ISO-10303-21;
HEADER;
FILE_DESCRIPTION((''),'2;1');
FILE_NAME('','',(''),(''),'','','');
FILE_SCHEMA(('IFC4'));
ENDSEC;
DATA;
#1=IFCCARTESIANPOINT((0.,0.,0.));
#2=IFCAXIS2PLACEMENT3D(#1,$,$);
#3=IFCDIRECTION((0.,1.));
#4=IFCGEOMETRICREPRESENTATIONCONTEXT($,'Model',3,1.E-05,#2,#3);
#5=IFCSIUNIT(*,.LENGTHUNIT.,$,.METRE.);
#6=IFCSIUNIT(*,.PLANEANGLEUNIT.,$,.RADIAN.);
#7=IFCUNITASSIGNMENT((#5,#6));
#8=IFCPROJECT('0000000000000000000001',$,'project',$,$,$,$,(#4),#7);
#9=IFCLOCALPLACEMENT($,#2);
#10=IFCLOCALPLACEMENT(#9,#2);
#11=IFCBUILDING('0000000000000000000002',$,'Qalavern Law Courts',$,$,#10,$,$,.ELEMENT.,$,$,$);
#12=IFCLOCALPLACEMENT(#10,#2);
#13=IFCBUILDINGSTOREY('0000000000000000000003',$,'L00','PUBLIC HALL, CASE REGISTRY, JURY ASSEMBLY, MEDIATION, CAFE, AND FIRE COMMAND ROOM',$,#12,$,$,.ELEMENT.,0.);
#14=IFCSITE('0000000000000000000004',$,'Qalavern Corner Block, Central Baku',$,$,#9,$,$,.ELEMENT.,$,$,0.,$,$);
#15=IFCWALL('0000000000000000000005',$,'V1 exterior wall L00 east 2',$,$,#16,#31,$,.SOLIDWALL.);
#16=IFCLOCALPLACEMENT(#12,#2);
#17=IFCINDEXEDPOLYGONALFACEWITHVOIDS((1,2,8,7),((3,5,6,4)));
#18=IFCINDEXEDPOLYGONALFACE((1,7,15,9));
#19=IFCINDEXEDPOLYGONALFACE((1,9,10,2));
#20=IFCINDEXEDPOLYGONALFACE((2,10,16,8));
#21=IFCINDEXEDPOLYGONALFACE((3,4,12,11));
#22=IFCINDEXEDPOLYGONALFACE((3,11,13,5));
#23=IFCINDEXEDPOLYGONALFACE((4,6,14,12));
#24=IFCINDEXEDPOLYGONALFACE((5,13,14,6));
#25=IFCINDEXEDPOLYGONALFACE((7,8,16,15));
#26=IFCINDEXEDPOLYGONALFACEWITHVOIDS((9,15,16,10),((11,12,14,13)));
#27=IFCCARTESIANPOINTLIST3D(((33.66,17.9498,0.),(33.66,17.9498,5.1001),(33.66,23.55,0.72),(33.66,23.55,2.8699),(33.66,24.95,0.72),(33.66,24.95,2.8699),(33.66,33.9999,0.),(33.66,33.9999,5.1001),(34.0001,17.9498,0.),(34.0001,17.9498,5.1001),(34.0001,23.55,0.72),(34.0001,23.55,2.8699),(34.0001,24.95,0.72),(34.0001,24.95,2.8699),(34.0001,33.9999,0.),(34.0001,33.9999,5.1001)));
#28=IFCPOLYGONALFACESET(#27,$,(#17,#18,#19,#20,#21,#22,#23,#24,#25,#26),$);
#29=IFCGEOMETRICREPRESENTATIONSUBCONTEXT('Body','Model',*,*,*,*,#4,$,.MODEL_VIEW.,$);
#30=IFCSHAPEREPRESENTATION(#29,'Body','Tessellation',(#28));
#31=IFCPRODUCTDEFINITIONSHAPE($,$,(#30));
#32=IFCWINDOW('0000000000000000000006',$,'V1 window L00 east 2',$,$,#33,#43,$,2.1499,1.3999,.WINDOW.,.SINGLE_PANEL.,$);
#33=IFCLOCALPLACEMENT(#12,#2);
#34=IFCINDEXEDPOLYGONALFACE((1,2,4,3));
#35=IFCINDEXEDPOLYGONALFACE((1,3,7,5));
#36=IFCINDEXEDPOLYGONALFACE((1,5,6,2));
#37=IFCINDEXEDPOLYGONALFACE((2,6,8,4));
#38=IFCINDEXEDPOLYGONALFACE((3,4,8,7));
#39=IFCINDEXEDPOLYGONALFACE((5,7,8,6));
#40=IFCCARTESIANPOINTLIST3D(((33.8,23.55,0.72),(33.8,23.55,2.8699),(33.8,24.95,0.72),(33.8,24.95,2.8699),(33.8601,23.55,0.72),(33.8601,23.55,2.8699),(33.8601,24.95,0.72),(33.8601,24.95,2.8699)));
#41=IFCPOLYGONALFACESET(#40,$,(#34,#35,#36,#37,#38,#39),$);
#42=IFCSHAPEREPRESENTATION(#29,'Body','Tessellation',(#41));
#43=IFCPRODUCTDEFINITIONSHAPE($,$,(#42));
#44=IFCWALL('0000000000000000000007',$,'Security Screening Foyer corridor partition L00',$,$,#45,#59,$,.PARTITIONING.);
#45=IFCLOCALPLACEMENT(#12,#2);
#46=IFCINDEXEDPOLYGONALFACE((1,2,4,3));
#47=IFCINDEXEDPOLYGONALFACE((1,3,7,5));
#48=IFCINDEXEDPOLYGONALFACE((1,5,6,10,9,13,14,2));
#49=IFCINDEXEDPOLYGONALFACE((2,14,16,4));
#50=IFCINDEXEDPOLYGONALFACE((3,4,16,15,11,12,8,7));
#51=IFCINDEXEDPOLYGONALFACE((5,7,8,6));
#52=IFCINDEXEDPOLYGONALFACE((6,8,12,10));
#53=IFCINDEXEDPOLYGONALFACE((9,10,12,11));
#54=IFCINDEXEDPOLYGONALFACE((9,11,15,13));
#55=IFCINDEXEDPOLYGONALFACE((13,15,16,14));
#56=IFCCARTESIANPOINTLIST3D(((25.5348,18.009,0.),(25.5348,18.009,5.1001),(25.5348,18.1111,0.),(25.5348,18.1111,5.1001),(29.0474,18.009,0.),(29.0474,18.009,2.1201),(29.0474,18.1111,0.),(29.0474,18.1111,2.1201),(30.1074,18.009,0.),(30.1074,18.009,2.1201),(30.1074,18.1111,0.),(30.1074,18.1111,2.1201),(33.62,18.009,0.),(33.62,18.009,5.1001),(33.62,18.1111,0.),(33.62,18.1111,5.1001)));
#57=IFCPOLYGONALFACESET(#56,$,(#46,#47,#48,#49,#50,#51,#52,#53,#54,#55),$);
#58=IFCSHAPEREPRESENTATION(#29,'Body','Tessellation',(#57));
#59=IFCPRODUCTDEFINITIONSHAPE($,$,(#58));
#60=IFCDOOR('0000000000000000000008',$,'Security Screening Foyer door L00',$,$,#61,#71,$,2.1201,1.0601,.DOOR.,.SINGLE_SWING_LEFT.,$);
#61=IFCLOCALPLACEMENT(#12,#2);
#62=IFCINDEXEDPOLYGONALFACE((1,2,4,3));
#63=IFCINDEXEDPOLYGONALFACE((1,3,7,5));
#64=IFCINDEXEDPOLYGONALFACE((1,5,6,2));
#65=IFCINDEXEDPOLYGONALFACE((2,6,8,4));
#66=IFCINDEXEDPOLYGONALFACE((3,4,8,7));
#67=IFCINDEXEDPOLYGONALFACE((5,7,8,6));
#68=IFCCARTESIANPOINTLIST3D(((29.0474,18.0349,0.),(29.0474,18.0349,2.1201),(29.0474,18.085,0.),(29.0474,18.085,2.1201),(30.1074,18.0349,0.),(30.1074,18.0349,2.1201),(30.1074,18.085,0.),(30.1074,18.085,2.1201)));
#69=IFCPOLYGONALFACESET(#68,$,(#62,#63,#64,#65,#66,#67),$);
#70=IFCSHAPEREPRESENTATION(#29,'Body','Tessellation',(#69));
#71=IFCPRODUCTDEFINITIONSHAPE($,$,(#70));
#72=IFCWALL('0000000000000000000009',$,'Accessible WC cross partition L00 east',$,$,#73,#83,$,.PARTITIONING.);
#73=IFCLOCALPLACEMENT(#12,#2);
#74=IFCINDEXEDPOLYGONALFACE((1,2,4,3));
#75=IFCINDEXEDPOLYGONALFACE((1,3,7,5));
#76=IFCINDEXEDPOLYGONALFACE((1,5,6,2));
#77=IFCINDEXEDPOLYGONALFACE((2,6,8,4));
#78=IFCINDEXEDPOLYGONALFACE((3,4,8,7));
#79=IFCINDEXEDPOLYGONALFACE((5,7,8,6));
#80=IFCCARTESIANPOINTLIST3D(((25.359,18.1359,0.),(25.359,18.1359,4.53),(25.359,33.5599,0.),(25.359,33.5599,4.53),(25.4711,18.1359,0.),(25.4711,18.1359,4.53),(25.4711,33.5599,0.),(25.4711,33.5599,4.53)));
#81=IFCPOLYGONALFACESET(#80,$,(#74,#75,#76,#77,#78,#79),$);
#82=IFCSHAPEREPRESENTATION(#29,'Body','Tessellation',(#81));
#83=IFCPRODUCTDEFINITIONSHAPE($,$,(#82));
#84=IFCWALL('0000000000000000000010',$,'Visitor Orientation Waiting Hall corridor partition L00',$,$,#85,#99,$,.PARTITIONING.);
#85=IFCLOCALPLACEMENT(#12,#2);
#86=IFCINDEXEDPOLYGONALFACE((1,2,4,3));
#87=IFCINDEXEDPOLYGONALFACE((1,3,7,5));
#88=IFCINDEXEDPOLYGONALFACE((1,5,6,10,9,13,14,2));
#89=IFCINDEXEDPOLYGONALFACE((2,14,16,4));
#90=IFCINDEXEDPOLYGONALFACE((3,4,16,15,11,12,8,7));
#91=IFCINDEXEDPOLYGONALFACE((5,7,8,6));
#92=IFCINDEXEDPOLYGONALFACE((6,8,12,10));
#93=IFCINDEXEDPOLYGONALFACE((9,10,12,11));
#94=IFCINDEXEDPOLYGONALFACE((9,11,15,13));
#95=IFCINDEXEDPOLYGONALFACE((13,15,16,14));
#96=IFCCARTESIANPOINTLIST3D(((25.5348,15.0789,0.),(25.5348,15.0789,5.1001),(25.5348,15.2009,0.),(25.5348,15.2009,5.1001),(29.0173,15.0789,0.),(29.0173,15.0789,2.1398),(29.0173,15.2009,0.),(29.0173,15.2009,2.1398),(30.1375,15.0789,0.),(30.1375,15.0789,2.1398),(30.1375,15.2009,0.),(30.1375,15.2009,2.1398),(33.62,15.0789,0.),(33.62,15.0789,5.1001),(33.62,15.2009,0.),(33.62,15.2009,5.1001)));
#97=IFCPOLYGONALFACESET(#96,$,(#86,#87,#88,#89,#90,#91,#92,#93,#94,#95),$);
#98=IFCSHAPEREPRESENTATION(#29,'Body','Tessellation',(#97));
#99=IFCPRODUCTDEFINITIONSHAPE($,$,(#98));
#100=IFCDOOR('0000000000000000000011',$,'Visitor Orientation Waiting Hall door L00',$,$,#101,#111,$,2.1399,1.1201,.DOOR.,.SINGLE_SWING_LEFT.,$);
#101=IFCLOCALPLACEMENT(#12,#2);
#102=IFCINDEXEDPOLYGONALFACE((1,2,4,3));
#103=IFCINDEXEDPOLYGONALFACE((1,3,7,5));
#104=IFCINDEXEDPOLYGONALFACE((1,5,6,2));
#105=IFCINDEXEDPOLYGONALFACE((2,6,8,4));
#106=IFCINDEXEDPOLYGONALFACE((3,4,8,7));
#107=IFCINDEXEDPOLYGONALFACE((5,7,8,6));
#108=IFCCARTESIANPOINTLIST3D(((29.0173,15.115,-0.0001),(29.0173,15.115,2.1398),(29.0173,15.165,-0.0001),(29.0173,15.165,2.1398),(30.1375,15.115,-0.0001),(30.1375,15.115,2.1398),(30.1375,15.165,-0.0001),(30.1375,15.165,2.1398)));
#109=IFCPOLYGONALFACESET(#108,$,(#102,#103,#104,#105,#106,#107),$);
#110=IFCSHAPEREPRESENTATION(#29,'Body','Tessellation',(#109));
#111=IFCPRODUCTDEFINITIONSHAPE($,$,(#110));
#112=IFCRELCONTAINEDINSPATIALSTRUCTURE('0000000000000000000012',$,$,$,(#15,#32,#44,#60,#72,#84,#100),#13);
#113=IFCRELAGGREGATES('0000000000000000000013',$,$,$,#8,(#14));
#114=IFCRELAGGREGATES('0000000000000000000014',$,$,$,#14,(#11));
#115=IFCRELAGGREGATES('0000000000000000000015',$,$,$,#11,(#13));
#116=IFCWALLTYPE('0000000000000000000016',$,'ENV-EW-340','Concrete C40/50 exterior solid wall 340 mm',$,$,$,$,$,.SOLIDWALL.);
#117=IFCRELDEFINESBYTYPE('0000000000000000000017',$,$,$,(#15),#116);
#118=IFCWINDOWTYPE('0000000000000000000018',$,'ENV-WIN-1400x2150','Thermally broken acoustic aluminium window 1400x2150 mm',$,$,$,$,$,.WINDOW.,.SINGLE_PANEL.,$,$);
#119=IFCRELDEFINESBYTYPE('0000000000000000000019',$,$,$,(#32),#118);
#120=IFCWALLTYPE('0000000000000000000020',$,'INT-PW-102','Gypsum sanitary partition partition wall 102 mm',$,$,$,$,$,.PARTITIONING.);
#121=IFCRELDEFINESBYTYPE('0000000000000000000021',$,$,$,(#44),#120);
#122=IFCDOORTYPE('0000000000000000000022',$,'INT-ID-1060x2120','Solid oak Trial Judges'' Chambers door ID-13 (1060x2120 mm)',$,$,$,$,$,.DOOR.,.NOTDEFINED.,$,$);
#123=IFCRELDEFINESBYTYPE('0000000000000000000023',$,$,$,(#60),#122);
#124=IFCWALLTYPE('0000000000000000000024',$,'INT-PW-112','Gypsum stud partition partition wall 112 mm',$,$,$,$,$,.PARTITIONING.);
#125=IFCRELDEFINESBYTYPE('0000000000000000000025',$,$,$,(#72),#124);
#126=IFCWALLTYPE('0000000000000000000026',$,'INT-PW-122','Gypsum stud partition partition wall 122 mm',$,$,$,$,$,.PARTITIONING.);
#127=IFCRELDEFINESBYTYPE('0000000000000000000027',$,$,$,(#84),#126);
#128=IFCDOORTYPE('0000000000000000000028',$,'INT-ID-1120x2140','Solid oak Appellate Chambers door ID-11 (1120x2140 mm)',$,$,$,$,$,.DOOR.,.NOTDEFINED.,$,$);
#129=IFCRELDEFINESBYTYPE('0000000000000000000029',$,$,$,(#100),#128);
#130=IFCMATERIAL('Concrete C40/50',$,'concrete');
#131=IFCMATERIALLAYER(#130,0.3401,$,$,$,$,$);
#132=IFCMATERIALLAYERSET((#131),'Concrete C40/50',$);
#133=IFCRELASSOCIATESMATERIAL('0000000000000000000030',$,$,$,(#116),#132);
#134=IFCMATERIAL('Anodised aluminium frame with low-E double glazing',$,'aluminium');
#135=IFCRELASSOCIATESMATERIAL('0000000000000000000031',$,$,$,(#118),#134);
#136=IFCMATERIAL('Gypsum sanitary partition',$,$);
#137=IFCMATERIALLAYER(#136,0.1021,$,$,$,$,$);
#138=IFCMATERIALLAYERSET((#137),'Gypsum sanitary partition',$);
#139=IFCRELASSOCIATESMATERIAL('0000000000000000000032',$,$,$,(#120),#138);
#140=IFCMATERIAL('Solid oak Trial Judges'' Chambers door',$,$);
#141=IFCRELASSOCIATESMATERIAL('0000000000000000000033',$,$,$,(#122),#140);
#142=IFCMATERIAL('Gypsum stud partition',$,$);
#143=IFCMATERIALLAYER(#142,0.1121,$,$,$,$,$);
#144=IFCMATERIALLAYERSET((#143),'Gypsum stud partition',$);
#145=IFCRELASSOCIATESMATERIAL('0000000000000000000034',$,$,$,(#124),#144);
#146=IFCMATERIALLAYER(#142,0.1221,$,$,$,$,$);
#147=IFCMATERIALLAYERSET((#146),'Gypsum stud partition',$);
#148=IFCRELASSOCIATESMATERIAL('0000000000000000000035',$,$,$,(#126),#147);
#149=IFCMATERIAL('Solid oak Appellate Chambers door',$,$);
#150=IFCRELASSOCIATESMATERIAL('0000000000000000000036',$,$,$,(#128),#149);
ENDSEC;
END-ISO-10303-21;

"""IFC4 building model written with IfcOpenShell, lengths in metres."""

from ifc_helpers import new_model, si_unit, direction, frame, frame_2d, origin, place, context, subcontext, project, spatial, rectangle, extrude, material, layer, layer_set, type_object, element, fill, save


model = new_model("IFC4")

# Units and contexts
model_context = context("Model", 3, precision=1e-05, world=origin(), true_north=direction((0.0, 1.0)))
body_context = subcontext(model_context, "Body", "Model", "MODEL_VIEW")
ifc_project = project(units=[si_unit("LENGTHUNIT", "METRE"), si_unit("PLANEANGLEUNIT", "RADIAN")], contexts=[model_context])

# Site, building, storey
site_placement = place(None, origin())
site = spatial("IfcSite", under=ifc_project, at=site_placement, Name="Qalavern Corner Block, Central Baku", CompositionType="ELEMENT", RefElevation=0.0)
building_placement = place(site_placement, origin())
building = spatial("IfcBuilding", under=site, at=building_placement, Name="Qalavern Law Courts", CompositionType="ELEMENT")
storey_placement = place(building_placement, origin())
storey = spatial("IfcBuildingStorey", under=building, at=storey_placement, Name="L00", Description="PUBLIC HALL, CASE REGISTRY, JURY ASSEMBLY, MEDIATION, CAFE, AND FIRE COMMAND ROOM", CompositionType="ELEMENT", Elevation=0.0)

# Wall, opening, window
ifc_material_1 = material(Name="Concrete C40/50", Category="concrete")
ifc_layer_1 = layer(ifc_material_1, 0.3401)
ifc_layer_set_1 = layer_set([ifc_layer_1], Name="Concrete C40/50")
wall_type_1 = type_object("IfcWallType", Name="ENV-EW-340", Description="Concrete C40/50 exterior solid wall 340 mm", PredefinedType="SOLIDWALL", material=ifc_layer_set_1)
wall_1_placement = place(storey_placement, frame((33.8301, 17.95, 0.0), z_axis=(0.0, 0.0, 1.0), x_axis=(0.0, 1.0, 0.0)))
wall_1 = element("IfcWall", 1, at=wall_1_placement, inside=storey, type_object=wall_type_1, Name="V1 exterior wall L00 east 2", PredefinedType="SOLIDWALL", context=body_context, shape_type="SweptSolid", body=[
    extrude(rectangle(XDim=16.05, YDim=0.3401, at=frame_2d((8.0249, 0.0))), origin(), (0.0, 0.0, 1.0), 5.1001),
])
opening_1_placement = place(wall_1_placement, frame((5.6001, 0.0, 0.72)))
opening_1 = element("IfcOpeningElement", 2, at=opening_1_placement, cuts=wall_1, PredefinedType="OPENING", context=body_context, shape_type="SweptSolid", body=[
    extrude(rectangle(XDim=1.3999, YDim=2.1499, at=frame_2d((0.7, 1.075))), frame((0.0, 0.1851, 0.0), z_axis=(0.0, -1.0, 0.0), x_axis=(1.0, 0.0, 0.0)), (0.0, 0.0, 1.0), 0.3699),
])
ifc_material_2 = material(Name="Anodised aluminium frame with low-E double glazing", Category="aluminium")
window_type = type_object("IfcWindowType", Name="ENV-WIN-1400x2150", Description="Thermally broken acoustic aluminium window 1400x2150 mm", PartitioningType="SINGLE_PANEL", PredefinedType="WINDOW", material=ifc_material_2)
window_placement = place(opening_1_placement, origin())
window = element("IfcWindow", 3, at=window_placement, inside=storey, type_object=window_type, Name="V1 window L00 east 2", OverallHeight=2.1499, OverallWidth=1.3999, PartitioningType="SINGLE_PANEL", PredefinedType="WINDOW", context=body_context, shape_type="SweptSolid", body=[
    extrude(rectangle(XDim=1.3999, YDim=2.1499, at=frame_2d((0.7, 1.075))), frame((0.0, 0.03, 0.0), z_axis=(0.0, -1.0, 0.0), x_axis=(1.0, 0.0, 0.0)), (0.0, 0.0, 1.0), 0.0601),
])
fill(opening_1, window)

# Wall, opening, door
ifc_material_3 = material(Name="Gypsum sanitary partition")
ifc_layer_2 = layer(ifc_material_3, 0.1021)
ifc_layer_set_2 = layer_set([ifc_layer_2], Name="Gypsum sanitary partition")
wall_type_2 = type_object("IfcWallType", Name="INT-PW-102", Description="Gypsum sanitary partition partition wall 102 mm", PredefinedType="PARTITIONING", material=ifc_layer_set_2)
wall_2_placement = place(storey_placement, frame((25.5349, 18.0601, 0.0), z_axis=(0.0, 0.0, 1.0), x_axis=(1.0, 0.0, 0.0)))
wall_2 = element("IfcWall", 4, at=wall_2_placement, inside=storey, type_object=wall_type_2, Name="Security Screening Foyer corridor partition L00", PredefinedType="PARTITIONING", context=body_context, shape_type="SweptSolid", body=[
    extrude(rectangle(XDim=8.0852, YDim=0.1021, at=frame_2d((4.0425, 0.0))), origin(), (0.0, 0.0, 1.0), 5.1001),
])
opening_2_placement = place(wall_2_placement, frame((3.5125, 0.0, 0.0)))
opening_2 = element("IfcOpeningElement", 5, at=opening_2_placement, cuts=wall_2, PredefinedType="OPENING", context=body_context, shape_type="SweptSolid", body=[
    extrude(rectangle(XDim=1.0601, YDim=2.1201, at=frame_2d((0.53, 1.0601))), frame((0.0, 0.0659, 0.0), z_axis=(0.0, -1.0, 0.0), x_axis=(1.0, 0.0, 0.0)), (0.0, 0.0, 1.0), 0.1318),
])
ifc_material_4 = material(Name="Solid oak Trial Judges' Chambers door")
door_type_1 = type_object("IfcDoorType", Name="INT-ID-1060x2120", Description="Solid oak Trial Judges' Chambers door ID-13 (1060x2120 mm)", OperationType="NOTDEFINED", PredefinedType="DOOR", material=ifc_material_4)
door_1_placement = place(opening_2_placement, origin())
door_1 = element("IfcDoor", 6, at=door_1_placement, inside=storey, type_object=door_type_1, Name="Security Screening Foyer door L00", OperationType="SINGLE_SWING_LEFT", OverallHeight=2.1201, OverallWidth=1.0601, PredefinedType="DOOR", context=body_context, shape_type="SweptSolid", body=[
    extrude(rectangle(XDim=1.0601, YDim=2.1201, at=frame_2d((0.53, 1.0601))), frame((0.0, 0.0249, 0.0), z_axis=(0.0, -1.0, 0.0), x_axis=(1.0, 0.0, 0.0)), (0.0, 0.0, 1.0), 0.05),
])
fill(opening_2, door_1)

# Wall
ifc_material_5 = material(Name="Gypsum stud partition")
ifc_layer_3 = layer(ifc_material_5, 0.1121)
ifc_layer_set_3 = layer_set([ifc_layer_3], Name="Gypsum stud partition")
wall_type_3 = type_object("IfcWallType", Name="INT-PW-112", Description="Gypsum stud partition partition wall 112 mm", PredefinedType="PARTITIONING", material=ifc_layer_set_3)
wall_3_placement = place(storey_placement, frame((25.415, 18.136, 0.0), z_axis=(0.0, 0.0, 1.0), x_axis=(0.0, 1.0, 0.0)))
element("IfcWall", 7, at=wall_3_placement, inside=storey, type_object=wall_type_3, Name="Accessible WC cross partition L00 east", PredefinedType="PARTITIONING", context=body_context, shape_type="SweptSolid", body=[
    extrude(rectangle(XDim=15.4241, YDim=0.1121, at=frame_2d((7.7119, 0.0))), origin(), (0.0, 0.0, 1.0), 4.53),
])

# Wall, opening, door
ifc_layer_4 = layer(ifc_material_5, 0.1221)
ifc_layer_set_4 = layer_set([ifc_layer_4], Name="Gypsum stud partition")
wall_type_4 = type_object("IfcWallType", Name="INT-PW-122", Description="Gypsum stud partition partition wall 122 mm", PredefinedType="PARTITIONING", material=ifc_layer_set_4)
wall_4_placement = place(storey_placement, frame((25.5349, 15.1399, 0.0), z_axis=(0.0, 0.0, 1.0), x_axis=(1.0, 0.0, 0.0)))
wall_4 = element("IfcWall", 8, at=wall_4_placement, inside=storey, type_object=wall_type_4, Name="Visitor Orientation Waiting Hall corridor partition L00", PredefinedType="PARTITIONING", context=body_context, shape_type="SweptSolid", body=[
    extrude(rectangle(XDim=8.0852, YDim=0.1221, at=frame_2d((4.0425, 0.0))), origin(), (0.0, 0.0, 1.0), 5.1001),
])
opening_3_placement = place(wall_4_placement, frame((3.4824, 0.0, 0.0)))
opening_3 = element("IfcOpeningElement", 9, at=opening_3_placement, cuts=wall_4, PredefinedType="OPENING", context=body_context, shape_type="SweptSolid", body=[
    extrude(rectangle(XDim=1.1201, YDim=2.1399, at=frame_2d((0.5601, 1.0698))), frame((0.0, 0.0759, 0.0), z_axis=(0.0, -1.0, 0.0), x_axis=(1.0, 0.0, 0.0)), (0.0, 0.0, 1.0), 0.1519),
])
ifc_material_6 = material(Name="Solid oak Appellate Chambers door")
door_type_2 = type_object("IfcDoorType", Name="INT-ID-1120x2140", Description="Solid oak Appellate Chambers door ID-11 (1120x2140 mm)", OperationType="NOTDEFINED", PredefinedType="DOOR", material=ifc_material_6)
door_2_placement = place(opening_3_placement, frame((1.1201, 0.0, 0.0), z_axis=(0.0, 0.0, 1.0), x_axis=(-1.0, 0.0, 0.0)))
door_2 = element("IfcDoor", 10, at=door_2_placement, inside=storey, type_object=door_type_2, Name="Visitor Orientation Waiting Hall door L00", OperationType="SINGLE_SWING_LEFT", OverallHeight=2.1399, OverallWidth=1.1201, PredefinedType="DOOR", context=body_context, shape_type="SweptSolid", body=[
    extrude(rectangle(XDim=1.1201, YDim=2.1399, at=frame_2d((0.5601, 1.0698))), frame((0.0, 0.0249, 0.0), z_axis=(0.0, -1.0, 0.0), x_axis=(1.0, 0.0, 0.0)), (0.0, 0.0, 1.0), 0.05),
])
fill(opening_3, door_2)

save(model, "model.ifc")
